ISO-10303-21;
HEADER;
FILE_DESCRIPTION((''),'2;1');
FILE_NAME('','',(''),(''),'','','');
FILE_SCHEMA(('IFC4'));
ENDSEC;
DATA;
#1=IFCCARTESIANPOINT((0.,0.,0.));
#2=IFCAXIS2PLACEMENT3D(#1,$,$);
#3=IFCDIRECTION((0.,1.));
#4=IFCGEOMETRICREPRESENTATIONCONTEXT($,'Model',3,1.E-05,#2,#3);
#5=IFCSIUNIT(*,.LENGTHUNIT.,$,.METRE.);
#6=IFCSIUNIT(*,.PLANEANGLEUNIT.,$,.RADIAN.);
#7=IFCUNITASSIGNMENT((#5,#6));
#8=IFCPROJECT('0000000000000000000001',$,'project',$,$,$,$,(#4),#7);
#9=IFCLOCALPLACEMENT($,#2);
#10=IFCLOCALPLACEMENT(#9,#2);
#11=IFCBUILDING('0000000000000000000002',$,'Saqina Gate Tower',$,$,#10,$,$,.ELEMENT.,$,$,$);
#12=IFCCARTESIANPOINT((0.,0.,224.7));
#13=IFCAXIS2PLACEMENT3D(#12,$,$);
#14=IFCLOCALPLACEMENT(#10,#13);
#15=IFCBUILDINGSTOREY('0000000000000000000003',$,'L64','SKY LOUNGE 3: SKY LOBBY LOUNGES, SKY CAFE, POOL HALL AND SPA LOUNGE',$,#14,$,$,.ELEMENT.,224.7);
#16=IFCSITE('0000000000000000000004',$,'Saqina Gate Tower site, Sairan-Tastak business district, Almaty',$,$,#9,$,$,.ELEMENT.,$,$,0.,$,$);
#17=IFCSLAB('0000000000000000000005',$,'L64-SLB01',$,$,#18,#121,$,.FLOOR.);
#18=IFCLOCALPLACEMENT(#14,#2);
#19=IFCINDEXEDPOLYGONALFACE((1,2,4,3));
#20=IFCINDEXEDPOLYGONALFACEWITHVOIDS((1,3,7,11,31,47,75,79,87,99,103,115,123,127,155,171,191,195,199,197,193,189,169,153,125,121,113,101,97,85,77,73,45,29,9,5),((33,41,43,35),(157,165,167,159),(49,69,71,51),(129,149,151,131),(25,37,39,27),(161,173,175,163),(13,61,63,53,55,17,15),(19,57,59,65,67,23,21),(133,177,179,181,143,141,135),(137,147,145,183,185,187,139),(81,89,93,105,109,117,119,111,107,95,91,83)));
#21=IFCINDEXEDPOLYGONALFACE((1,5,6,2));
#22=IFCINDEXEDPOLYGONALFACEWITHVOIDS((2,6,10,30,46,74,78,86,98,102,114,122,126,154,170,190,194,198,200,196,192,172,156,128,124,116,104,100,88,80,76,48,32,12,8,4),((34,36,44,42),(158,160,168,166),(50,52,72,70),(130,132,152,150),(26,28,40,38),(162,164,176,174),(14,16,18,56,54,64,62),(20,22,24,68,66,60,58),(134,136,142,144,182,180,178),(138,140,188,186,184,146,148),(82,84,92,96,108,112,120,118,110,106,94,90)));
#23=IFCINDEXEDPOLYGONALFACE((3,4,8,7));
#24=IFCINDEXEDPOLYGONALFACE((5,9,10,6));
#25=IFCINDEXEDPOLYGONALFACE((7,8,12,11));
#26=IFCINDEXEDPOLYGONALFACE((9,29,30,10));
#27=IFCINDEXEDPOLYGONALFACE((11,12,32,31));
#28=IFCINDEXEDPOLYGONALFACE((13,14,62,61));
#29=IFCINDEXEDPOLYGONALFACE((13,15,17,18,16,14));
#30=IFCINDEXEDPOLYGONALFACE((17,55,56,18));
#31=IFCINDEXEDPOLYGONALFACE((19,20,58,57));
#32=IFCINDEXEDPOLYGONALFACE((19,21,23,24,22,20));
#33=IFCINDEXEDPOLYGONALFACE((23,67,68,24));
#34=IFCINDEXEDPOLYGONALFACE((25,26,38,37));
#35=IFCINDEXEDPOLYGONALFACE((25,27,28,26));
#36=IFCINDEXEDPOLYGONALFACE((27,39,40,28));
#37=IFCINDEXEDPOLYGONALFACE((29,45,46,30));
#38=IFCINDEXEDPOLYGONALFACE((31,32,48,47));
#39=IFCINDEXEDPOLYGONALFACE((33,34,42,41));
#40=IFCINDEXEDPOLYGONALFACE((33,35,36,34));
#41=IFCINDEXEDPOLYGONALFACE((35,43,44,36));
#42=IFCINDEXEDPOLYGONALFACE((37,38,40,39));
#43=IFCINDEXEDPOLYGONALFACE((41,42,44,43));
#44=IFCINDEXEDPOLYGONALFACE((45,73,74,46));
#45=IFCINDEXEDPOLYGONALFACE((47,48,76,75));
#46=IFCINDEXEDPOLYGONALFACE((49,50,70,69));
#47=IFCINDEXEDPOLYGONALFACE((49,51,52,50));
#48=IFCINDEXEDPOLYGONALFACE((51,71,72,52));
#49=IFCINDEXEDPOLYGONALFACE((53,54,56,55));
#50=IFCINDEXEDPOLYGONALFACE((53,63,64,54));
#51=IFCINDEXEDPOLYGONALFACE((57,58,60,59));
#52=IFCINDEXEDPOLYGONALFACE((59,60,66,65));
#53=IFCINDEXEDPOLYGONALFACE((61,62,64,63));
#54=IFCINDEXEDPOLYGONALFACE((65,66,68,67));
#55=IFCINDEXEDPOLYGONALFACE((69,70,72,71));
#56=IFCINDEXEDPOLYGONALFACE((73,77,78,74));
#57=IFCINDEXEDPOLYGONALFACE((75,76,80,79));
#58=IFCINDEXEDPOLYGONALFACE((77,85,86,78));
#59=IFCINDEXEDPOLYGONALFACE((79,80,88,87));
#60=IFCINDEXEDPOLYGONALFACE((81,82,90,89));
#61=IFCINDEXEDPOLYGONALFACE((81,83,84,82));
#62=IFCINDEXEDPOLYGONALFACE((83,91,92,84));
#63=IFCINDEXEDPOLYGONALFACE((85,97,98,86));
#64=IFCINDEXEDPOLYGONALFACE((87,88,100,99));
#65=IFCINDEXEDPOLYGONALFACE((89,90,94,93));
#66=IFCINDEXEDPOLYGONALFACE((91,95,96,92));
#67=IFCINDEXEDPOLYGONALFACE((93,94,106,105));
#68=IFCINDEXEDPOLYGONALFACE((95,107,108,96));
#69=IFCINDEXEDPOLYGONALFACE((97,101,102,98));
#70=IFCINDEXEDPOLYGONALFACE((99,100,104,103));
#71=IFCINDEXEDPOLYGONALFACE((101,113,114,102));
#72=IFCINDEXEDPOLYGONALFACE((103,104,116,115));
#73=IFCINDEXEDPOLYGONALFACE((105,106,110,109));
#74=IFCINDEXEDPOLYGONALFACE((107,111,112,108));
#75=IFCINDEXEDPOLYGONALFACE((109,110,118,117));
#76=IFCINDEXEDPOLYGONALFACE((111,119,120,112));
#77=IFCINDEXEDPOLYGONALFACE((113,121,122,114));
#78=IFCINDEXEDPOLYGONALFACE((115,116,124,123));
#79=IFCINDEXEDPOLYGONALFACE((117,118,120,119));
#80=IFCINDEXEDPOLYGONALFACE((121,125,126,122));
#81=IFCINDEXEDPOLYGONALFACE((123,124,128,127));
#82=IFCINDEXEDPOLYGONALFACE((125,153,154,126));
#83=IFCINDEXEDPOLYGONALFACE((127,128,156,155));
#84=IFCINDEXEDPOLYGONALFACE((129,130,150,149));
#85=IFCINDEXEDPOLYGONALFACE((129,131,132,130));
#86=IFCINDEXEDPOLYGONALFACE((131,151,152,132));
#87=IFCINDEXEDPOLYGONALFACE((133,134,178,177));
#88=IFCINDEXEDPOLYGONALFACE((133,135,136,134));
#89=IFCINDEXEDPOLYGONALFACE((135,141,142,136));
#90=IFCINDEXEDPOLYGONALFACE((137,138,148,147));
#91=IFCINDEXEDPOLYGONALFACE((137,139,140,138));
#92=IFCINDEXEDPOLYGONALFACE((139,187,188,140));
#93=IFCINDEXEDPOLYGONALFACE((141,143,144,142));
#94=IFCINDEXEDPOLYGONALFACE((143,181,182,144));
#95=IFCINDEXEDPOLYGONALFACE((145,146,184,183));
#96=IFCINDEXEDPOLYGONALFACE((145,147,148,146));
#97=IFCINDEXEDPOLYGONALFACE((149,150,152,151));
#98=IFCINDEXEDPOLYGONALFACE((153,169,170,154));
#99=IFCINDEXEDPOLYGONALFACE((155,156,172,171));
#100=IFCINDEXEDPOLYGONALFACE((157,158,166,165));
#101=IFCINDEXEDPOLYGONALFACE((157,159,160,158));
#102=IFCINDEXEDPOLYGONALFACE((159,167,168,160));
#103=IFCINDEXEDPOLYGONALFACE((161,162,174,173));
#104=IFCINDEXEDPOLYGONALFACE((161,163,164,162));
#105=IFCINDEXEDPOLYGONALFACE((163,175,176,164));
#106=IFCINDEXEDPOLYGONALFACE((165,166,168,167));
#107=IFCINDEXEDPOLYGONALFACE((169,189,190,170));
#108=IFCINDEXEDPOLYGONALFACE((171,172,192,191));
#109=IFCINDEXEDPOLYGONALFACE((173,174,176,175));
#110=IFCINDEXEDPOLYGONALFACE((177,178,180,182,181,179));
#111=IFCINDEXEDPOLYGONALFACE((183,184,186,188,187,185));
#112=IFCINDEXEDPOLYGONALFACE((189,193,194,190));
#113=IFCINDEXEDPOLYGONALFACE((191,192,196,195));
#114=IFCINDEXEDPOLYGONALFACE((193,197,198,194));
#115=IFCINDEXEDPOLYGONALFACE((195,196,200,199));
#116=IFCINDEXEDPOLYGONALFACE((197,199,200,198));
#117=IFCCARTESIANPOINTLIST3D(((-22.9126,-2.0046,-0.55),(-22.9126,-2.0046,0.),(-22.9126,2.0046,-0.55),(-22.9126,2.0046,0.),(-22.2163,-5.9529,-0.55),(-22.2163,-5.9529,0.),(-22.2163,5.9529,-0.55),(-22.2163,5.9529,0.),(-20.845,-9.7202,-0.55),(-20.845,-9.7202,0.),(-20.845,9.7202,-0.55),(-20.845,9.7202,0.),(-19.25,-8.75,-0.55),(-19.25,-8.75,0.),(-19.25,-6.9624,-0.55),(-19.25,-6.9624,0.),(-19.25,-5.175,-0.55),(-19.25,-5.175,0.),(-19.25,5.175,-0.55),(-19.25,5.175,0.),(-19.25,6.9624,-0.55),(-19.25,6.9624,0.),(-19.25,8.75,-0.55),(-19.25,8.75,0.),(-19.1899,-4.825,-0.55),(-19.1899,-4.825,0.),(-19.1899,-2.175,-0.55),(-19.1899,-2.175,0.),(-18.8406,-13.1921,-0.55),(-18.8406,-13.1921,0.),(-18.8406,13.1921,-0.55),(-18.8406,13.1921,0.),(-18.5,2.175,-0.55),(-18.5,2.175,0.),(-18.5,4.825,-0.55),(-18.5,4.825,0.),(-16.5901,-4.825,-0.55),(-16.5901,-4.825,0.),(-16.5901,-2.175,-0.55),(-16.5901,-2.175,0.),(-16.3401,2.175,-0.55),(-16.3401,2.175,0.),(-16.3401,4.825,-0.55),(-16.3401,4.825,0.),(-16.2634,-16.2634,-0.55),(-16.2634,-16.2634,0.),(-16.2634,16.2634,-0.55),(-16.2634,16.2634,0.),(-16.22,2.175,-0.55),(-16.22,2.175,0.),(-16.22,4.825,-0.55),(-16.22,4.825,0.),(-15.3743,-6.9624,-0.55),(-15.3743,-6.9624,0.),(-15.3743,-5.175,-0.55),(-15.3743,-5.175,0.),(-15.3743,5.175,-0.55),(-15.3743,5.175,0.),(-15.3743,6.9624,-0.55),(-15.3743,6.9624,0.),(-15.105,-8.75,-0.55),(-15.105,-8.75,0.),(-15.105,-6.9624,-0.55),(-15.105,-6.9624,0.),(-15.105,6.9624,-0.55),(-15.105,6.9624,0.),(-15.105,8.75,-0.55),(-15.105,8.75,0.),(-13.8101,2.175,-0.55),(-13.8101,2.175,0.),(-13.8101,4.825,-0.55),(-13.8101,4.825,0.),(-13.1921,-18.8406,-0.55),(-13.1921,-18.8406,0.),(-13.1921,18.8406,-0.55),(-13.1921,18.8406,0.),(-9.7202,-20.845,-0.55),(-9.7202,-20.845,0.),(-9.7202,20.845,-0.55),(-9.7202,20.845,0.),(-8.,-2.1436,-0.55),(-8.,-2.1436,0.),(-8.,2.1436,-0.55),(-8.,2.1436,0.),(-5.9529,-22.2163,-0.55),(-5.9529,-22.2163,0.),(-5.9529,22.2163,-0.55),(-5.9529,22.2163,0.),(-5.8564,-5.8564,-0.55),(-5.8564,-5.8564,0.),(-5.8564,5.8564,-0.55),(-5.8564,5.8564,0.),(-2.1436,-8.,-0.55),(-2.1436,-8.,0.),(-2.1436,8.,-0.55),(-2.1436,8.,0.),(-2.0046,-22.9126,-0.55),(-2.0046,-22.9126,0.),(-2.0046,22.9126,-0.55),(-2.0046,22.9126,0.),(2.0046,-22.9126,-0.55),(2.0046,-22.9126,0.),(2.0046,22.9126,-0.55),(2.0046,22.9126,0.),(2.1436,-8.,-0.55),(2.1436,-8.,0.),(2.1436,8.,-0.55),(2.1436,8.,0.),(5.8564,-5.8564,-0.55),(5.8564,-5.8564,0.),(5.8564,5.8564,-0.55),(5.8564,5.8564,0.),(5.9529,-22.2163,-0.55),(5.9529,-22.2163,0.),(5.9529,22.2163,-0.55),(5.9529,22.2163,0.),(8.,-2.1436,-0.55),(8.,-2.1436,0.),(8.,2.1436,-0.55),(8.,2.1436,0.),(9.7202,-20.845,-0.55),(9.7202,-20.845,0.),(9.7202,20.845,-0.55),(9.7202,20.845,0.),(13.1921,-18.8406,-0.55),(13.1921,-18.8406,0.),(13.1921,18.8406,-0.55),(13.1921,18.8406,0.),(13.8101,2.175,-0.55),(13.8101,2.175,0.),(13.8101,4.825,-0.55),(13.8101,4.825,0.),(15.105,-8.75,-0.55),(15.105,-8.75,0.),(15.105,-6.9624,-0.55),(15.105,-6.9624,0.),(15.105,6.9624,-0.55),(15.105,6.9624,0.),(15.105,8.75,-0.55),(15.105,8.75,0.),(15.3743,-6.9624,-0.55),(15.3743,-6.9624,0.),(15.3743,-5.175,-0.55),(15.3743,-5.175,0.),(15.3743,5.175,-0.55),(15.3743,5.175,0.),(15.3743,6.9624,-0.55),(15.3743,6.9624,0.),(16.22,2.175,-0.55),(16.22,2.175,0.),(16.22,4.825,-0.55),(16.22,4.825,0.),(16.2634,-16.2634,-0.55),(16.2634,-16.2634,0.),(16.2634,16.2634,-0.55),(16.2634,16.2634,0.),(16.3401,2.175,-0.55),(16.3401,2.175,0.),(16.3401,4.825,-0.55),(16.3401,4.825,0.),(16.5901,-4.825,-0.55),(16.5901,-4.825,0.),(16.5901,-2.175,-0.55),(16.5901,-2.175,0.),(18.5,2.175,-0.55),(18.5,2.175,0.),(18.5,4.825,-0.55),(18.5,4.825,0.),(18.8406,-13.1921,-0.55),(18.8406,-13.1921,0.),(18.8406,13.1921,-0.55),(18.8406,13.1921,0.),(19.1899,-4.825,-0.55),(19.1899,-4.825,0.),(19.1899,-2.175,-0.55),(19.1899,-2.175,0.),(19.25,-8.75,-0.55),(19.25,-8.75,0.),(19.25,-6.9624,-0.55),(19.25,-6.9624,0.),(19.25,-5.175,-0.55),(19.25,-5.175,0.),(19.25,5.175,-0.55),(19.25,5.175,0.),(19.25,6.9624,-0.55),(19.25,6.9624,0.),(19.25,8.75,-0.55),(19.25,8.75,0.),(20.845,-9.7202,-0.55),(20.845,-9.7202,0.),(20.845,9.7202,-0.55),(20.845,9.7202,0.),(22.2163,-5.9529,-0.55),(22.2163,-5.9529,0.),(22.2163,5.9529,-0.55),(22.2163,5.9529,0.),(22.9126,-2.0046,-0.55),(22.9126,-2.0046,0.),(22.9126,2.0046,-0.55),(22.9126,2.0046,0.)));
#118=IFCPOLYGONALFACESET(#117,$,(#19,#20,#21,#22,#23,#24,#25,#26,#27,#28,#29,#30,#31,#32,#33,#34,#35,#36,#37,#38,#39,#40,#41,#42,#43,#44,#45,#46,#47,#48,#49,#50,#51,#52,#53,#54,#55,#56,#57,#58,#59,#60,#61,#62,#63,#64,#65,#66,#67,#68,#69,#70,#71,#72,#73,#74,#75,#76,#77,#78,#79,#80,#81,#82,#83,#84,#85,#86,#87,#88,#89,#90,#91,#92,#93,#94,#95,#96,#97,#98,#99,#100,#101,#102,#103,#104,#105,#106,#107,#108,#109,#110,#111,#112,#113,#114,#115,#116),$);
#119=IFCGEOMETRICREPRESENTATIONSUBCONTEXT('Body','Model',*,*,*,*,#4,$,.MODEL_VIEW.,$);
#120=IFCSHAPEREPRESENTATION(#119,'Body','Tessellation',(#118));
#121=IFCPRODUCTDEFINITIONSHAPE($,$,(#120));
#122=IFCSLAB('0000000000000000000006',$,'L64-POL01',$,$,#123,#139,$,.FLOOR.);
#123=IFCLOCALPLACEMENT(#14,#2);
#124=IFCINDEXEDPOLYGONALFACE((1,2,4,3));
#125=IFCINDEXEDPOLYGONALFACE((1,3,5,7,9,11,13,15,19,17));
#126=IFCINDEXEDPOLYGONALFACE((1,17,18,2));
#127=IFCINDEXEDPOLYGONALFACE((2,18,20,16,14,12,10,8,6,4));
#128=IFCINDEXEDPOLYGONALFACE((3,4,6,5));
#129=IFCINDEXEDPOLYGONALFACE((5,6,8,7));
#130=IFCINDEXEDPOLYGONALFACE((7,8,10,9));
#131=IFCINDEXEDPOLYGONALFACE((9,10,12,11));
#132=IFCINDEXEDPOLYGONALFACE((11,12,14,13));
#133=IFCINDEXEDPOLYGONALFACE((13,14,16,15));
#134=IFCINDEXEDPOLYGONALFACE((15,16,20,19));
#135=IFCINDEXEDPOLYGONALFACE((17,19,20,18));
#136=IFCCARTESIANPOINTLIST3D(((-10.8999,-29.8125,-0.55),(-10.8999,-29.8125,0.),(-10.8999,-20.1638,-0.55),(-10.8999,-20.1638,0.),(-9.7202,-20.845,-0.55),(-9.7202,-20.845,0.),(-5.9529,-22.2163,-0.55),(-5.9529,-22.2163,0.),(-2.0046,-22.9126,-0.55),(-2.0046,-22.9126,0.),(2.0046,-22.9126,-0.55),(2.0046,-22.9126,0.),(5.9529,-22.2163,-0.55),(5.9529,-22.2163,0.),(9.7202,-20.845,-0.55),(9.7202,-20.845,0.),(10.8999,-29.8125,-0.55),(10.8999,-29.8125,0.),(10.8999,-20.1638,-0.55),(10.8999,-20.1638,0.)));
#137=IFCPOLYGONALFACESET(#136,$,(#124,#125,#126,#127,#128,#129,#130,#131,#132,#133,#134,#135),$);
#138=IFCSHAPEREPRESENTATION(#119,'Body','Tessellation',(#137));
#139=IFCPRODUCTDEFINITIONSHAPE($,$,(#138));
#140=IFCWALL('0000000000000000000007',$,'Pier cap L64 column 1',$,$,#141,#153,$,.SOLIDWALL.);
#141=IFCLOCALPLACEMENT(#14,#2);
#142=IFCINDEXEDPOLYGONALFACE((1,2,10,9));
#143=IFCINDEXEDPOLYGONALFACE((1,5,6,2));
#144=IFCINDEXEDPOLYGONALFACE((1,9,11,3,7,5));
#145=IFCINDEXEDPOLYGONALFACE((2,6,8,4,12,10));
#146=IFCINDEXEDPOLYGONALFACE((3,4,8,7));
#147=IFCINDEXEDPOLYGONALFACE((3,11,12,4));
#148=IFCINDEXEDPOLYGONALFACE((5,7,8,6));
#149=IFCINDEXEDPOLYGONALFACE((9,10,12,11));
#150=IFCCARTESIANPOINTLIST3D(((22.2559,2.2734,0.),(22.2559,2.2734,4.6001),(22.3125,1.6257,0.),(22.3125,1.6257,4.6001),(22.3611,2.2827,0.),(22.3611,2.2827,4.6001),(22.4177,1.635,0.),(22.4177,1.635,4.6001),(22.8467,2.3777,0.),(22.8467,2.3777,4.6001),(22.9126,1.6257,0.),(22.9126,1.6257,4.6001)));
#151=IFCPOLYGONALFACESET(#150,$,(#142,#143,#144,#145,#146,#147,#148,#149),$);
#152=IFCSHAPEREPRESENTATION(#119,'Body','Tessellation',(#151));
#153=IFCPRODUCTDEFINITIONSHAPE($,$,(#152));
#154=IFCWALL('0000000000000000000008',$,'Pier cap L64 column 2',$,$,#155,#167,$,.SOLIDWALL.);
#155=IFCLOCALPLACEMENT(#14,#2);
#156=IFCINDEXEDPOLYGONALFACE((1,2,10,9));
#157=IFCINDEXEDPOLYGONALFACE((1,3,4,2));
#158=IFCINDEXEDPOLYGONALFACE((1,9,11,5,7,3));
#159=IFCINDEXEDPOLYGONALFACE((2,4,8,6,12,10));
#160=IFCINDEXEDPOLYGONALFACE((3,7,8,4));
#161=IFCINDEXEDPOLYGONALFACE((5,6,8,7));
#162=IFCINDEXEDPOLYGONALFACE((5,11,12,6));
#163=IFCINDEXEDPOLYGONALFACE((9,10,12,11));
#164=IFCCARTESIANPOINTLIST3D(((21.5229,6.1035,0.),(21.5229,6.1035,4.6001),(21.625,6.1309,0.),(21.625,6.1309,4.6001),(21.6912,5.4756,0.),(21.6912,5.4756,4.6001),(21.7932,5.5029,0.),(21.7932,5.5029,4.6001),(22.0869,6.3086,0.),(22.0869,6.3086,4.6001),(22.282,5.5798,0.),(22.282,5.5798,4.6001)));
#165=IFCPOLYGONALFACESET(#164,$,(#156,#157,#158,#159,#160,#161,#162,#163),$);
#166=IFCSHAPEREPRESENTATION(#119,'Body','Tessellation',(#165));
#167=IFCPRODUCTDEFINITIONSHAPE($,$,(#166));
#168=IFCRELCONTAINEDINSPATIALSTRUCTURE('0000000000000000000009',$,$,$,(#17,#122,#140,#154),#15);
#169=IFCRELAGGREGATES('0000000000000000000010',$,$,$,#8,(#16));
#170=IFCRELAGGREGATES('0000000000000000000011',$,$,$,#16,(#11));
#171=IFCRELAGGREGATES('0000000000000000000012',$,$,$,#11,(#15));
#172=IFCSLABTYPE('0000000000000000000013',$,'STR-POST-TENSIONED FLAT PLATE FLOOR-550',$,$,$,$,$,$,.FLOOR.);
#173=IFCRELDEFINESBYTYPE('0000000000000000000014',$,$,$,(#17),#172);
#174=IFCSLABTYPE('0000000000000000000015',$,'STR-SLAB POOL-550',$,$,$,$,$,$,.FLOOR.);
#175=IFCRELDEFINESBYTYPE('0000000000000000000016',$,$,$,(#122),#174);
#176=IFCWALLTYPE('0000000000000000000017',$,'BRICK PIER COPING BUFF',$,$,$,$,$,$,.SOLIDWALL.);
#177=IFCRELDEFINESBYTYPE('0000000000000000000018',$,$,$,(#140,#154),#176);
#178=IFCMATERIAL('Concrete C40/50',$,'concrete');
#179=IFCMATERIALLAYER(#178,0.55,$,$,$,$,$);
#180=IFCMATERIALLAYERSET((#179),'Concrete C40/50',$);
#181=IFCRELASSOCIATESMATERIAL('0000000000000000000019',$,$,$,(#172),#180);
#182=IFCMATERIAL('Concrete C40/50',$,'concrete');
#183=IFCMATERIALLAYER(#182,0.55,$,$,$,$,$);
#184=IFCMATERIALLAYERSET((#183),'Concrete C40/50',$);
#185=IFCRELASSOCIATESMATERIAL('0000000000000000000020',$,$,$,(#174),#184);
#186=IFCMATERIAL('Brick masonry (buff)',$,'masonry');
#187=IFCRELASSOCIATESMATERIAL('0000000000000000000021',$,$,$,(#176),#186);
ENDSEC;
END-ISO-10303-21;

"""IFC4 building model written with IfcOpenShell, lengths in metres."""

from ifc_helpers import new_model, si_unit, direction, frame, origin, place, context, subcontext, project, spatial, polyline, outline, extrude, material, layer, layer_set, type_object, element, save


model = new_model("IFC4")

# Units and contexts
model_context = context("Model", 3, precision=1e-05, world=origin(), true_north=direction((0.0, 1.0)))
body_context = subcontext(model_context, "Body", "Model", "MODEL_VIEW")
ifc_project = project(units=[si_unit("LENGTHUNIT", "METRE"), si_unit("PLANEANGLEUNIT", "RADIAN")], contexts=[model_context])

# Site, building, storey
site_placement = place(None, origin())
site = spatial("IfcSite", under=ifc_project, at=site_placement, Name="Saqina Gate Tower site, Sairan-Tastak business district, Almaty", CompositionType="ELEMENT", RefElevation=0.0)
building_placement = place(site_placement, origin())
building = spatial("IfcBuilding", under=site, at=building_placement, Name="Saqina Gate Tower", CompositionType="ELEMENT")
storey_placement = place(building_placement, frame((0.0, 0.0, 224.7)))
storey = spatial("IfcBuildingStorey", under=building, at=storey_placement, Name="L64", Description="SKY LOUNGE 3: SKY LOBBY LOUNGES, SKY CAFE, POOL HALL AND SPA LOUNGE", CompositionType="ELEMENT", Elevation=224.7)

# Slabs
ifc_material_1 = material(Name="Concrete C40/50", Category="concrete")
ifc_layer_1 = layer(ifc_material_1, 0.55)
ifc_layer_set_1 = layer_set([ifc_layer_1], Name="Concrete C40/50")
slab_type_1 = type_object("IfcSlabType", Name="STR-POST-TENSIONED FLAT PLATE FLOOR-550", PredefinedType="FLOOR", material=ifc_layer_set_1)
slab_1_placement = place(storey_placement, frame((0.0, 0.0, -0.55)))
element("IfcSlab", 1, at=slab_1_placement, inside=storey, type_object=slab_type_1, Name="L64-SLB01", PredefinedType="FLOOR", context=body_context, shape_type="SweptSolid", body=[
    extrude(outline(polyline([(22.2163, -5.9529), (22.9126, -2.0046), (22.9126, 2.0046), (22.2163, 5.9529), (20.845, 9.7202), (18.8406, 13.1921), (16.2634, 16.2634), (13.1921, 18.8406), (9.7202, 20.845), (5.9529, 22.2163), (2.0046, 22.9126), (-2.0046, 22.9126), (-5.9529, 22.2163), (-9.7202, 20.845), (-13.1921, 18.8406), (-16.2634, 16.2634), (-18.8406, 13.1921), (-20.845, 9.7202), (-22.2163, 5.9529), (-22.9126, 2.0046), (-22.9126, -2.0046), (-22.2163, -5.9529), (-20.845, -9.7202), (-18.8406, -13.1921), (-16.2634, -16.2634), (-13.1921, -18.8406), (-9.7202, -20.845), (-5.9529, -22.2163), (-2.0046, -22.9126), (2.0046, -22.9126), (5.9529, -22.2163), (9.7202, -20.845), (13.1921, -18.8406), (16.2634, -16.2634), (18.8406, -13.1921), (20.845, -9.7202), (22.2163, -5.9529)]), holes=[polyline([(2.1436, 8.0), (5.8564, 5.8564), (8.0, 2.1436), (8.0, -2.1436), (5.8564, -5.8564), (2.1436, -8.0), (-2.1436, -8.0), (-5.8564, -5.8564), (-8.0, -2.1436), (-8.0, 2.1436), (-5.8564, 5.8564), (-2.1436, 8.0), (2.1436, 8.0)]), polyline([(-15.105, -8.75), (-19.25, -8.75), (-19.25, -6.9624), (-19.25, -5.175), (-15.3743, -5.175), (-15.3743, -6.9624), (-15.105, -6.9624), (-15.105, -8.75)]), polyline([(-16.5901, -2.175), (-16.5901, -4.825), (-19.1899, -4.825), (-19.1899, -2.175), (-16.5901, -2.175)]), polyline([(-16.3401, 4.825), (-16.3401, 2.175), (-18.5, 2.175), (-18.5, 4.825), (-16.3401, 4.825)]), polyline([(-13.8101, 4.825), (-13.8101, 2.175), (-16.22, 2.175), (-16.22, 4.825), (-13.8101, 4.825)]), polyline([(-19.25, 6.9624), (-19.25, 8.75), (-15.105, 8.75), (-15.105, 6.9624), (-15.3743, 6.9624), (-15.3743, 5.175), (-19.25, 5.175), (-19.25, 6.9624)]), polyline([(15.105, -8.75), (15.105, -6.9624), (15.3743, -6.9624), (15.3743, -5.175), (19.25, -5.175), (19.25, -6.9624), (19.25, -8.75), (15.105, -8.75)]), polyline([(19.1899, -2.175), (19.1899, -4.825), (16.5901, -4.825), (16.5901, -2.175), (19.1899, -2.175)]), polyline([(16.22, 4.825), (16.22, 2.175), (13.8101, 2.175), (13.8101, 4.825), (16.22, 4.825)]), polyline([(18.5, 4.825), (18.5, 2.175), (16.3401, 2.175), (16.3401, 4.825), (18.5, 4.825)]), polyline([(15.3743, 6.9624), (15.105, 6.9624), (15.105, 8.75), (19.25, 8.75), (19.25, 6.9624), (19.25, 5.175), (15.3743, 5.175), (15.3743, 6.9624)])]), origin(), (0.0, 0.0, 1.0), 0.55),
])
ifc_material_2 = material(Name="Concrete C40/50", Category="concrete")
ifc_layer_2 = layer(ifc_material_2, 0.55)
ifc_layer_set_2 = layer_set([ifc_layer_2], Name="Concrete C40/50")
slab_type_2 = type_object("IfcSlabType", Name="STR-SLAB POOL-550", PredefinedType="FLOOR", material=ifc_layer_set_2)
slab_2_placement = place(storey_placement, frame((0.0, 0.0, -0.55)))
element("IfcSlab", 2, at=slab_2_placement, inside=storey, type_object=slab_type_2, Name="L64-POL01", PredefinedType="FLOOR", context=body_context, shape_type="SweptSolid", body=[
    extrude(outline(polyline([(10.8999, -29.8125), (10.8999, -20.1638), (9.7202, -20.845), (5.9529, -22.2163), (2.0046, -22.9126), (-2.0046, -22.9126), (-5.9529, -22.2163), (-9.7202, -20.845), (-10.8999, -20.1638), (-10.8999, -29.8125), (10.8999, -29.8125)])), origin(), (0.0, 0.0, 1.0), 0.55),
])

# Walls
ifc_material_3 = material(Name="Brick masonry (buff)", Category="masonry")
wall_type = type_object("IfcWallType", Name="BRICK PIER COPING BUFF", PredefinedType="SOLIDWALL", material=ifc_material_3)
wall_1_placement = place(storey_placement, origin())
element("IfcWall", 3, at=wall_1_placement, inside=storey, type_object=wall_type, Name="Pier cap L64 column 1", PredefinedType="SOLIDWALL", context=body_context, shape_type="SweptSolid", body=[
    extrude(outline(polyline([(22.9126, 1.6257), (22.8467, 2.3777), (22.2559, 2.2734), (22.3611, 2.2827), (22.4177, 1.635), (22.3125, 1.6257), (22.9126, 1.6257)])), origin(), (0.0, 0.0, 1.0), 4.6001),
])
wall_2_placement = place(storey_placement, origin())
element("IfcWall", 4, at=wall_2_placement, inside=storey, type_object=wall_type, Name="Pier cap L64 column 2", PredefinedType="SOLIDWALL", context=body_context, shape_type="SweptSolid", body=[
    extrude(outline(polyline([(22.0869, 6.3086), (21.5229, 6.1035), (21.625, 6.1309), (21.7932, 5.5029), (21.6912, 5.4756), (22.282, 5.5798), (22.0869, 6.3086)])), origin(), (0.0, 0.0, 1.0), 4.6001),
])

save(model, "model.ifc")
